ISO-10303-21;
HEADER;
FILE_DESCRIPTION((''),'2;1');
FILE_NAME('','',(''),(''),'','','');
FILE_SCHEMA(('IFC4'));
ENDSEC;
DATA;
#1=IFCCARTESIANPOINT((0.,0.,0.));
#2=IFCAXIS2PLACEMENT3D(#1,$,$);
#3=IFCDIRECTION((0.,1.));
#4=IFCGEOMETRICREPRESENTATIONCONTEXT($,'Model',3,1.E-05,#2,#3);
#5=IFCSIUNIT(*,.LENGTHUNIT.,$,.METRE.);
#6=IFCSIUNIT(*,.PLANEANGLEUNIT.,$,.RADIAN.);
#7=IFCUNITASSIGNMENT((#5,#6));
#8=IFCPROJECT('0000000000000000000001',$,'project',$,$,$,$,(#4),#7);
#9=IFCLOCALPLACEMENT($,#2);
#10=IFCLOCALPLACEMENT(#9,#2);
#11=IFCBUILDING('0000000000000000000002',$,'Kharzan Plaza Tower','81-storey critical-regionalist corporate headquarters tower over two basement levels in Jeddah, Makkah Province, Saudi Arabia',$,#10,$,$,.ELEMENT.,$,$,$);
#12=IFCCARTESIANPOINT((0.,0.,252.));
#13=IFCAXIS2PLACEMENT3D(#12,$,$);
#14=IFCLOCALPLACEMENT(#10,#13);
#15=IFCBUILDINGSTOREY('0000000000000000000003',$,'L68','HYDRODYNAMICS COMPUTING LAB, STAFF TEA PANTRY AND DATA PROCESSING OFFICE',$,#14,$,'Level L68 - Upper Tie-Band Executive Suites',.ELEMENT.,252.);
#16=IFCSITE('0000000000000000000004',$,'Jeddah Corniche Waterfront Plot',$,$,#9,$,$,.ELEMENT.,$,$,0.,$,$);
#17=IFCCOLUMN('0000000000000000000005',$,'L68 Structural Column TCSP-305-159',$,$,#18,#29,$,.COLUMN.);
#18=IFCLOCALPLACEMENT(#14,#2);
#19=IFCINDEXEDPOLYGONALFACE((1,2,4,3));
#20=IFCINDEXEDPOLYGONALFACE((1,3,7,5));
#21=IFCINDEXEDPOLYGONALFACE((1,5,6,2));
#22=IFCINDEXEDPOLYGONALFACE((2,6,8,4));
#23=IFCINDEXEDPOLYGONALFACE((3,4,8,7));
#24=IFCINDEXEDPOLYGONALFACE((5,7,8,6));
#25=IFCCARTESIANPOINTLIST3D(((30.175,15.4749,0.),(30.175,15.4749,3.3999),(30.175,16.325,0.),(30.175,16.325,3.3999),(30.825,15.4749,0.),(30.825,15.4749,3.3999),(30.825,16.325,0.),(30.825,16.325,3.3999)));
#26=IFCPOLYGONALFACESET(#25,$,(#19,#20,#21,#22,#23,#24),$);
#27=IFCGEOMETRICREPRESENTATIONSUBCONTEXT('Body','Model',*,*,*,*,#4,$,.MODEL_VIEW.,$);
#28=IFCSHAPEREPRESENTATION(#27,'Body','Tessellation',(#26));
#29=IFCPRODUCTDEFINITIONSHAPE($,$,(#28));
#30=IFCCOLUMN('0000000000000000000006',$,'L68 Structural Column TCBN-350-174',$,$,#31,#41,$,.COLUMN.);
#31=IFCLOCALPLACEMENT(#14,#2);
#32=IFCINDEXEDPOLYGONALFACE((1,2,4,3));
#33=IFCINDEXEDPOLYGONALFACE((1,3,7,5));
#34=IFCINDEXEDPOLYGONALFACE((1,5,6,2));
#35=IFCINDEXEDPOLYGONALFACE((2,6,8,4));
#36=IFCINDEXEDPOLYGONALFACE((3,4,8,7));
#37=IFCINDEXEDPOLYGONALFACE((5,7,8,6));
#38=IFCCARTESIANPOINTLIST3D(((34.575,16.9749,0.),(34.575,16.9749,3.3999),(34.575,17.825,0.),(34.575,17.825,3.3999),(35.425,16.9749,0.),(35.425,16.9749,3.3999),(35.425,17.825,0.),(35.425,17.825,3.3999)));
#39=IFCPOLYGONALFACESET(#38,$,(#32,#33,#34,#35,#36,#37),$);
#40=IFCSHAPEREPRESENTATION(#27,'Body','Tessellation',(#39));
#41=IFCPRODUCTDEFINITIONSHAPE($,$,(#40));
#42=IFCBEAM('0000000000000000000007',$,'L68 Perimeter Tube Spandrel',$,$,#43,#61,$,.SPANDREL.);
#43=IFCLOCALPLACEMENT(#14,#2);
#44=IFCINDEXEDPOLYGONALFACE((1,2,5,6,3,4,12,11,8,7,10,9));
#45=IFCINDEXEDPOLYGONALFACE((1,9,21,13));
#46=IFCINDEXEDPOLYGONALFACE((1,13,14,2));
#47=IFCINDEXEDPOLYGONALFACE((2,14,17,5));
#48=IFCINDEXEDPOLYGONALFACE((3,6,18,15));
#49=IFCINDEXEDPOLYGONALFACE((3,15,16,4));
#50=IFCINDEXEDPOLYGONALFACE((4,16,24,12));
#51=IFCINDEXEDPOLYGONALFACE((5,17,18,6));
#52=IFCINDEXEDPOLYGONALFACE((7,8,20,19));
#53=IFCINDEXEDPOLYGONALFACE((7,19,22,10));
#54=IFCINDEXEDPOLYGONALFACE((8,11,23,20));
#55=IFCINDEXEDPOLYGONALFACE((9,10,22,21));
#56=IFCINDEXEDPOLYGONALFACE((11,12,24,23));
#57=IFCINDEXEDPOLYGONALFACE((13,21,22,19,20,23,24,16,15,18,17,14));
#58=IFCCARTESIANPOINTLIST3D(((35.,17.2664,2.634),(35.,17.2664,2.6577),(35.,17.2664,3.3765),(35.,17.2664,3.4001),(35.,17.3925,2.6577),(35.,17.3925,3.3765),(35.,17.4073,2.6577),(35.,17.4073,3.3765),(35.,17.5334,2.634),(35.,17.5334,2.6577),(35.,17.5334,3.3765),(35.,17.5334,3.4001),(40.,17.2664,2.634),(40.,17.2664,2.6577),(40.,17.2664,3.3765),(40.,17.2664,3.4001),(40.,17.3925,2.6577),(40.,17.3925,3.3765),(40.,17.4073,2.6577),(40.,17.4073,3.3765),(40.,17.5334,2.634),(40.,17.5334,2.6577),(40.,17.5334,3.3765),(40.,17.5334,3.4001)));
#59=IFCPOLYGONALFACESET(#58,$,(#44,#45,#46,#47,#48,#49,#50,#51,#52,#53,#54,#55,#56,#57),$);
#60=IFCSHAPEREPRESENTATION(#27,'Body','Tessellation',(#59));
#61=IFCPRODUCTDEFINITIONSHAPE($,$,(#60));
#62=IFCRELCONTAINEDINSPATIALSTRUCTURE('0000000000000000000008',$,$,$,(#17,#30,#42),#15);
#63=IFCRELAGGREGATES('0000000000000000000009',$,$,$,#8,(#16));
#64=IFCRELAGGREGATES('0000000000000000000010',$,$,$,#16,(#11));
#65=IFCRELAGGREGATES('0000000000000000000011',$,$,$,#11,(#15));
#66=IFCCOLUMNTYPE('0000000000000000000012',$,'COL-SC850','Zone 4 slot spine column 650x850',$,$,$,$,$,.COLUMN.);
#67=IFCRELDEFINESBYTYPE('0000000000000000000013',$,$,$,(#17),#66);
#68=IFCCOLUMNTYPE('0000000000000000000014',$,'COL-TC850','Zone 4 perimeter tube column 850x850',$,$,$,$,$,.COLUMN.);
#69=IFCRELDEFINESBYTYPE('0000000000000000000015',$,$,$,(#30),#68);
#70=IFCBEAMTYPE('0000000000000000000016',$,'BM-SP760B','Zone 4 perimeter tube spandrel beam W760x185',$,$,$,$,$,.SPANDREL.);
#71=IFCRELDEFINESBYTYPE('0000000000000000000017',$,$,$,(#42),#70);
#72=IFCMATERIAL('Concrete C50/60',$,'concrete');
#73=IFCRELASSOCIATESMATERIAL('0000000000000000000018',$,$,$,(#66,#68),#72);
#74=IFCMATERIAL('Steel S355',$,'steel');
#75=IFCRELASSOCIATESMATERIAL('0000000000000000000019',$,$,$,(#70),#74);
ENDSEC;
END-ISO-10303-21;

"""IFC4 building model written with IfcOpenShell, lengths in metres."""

from ifc_helpers import new_model, si_unit, direction, frame, origin, origin_2d, place, context, subcontext, project, spatial, rectangle, i_section, extrude, source, transform, mapped, material, material_profile, profile_set, type_object, element, save


model = new_model("IFC4")

# Units and contexts
model_context = context("Model", 3, precision=1e-05, world=origin(), true_north=direction((0.0, 1.0)))
body_context = subcontext(model_context, "Body", "Model", "MODEL_VIEW")
ifc_project = project(units=[si_unit("LENGTHUNIT", "METRE"), si_unit("PLANEANGLEUNIT", "RADIAN")], contexts=[model_context])

# Site, building, storey
site_placement = place(None, origin())
site = spatial("IfcSite", under=ifc_project, at=site_placement, Name="Jeddah Corniche Waterfront Plot", CompositionType="ELEMENT", RefElevation=0.0)
building_placement = place(site_placement, origin())
building = spatial("IfcBuilding", under=site, at=building_placement, Name="Kharzan Plaza Tower", Description="81-storey critical-regionalist corporate headquarters tower over two basement levels in Jeddah, Makkah Province, Saudi Arabia", CompositionType="ELEMENT")
storey_placement = place(building_placement, frame((0.0, 0.0, 252.0)))
storey = spatial("IfcBuildingStorey", under=building, at=storey_placement, Name="L68", Description="HYDRODYNAMICS COMPUTING LAB, STAFF TEA PANTRY AND DATA PROCESSING OFFICE", LongName="Level L68 - Upper Tie-Band Executive Suites", CompositionType="ELEMENT", Elevation=252.0)

# Columns
ifc_material_1 = material(Name="Concrete C50/60", Category="concrete")
ifc_material_profile_1 = material_profile(ifc_material_1, rectangle(XDim=0.6499, YDim=0.8501, at=origin_2d()), Name="RC-SC850x650")
ifc_profile_set_1 = profile_set([ifc_material_profile_1], Name="Concrete C50/60")
column_type_1 = type_object("IfcColumnType", Name="COL-SC850", Description="Zone 4 slot spine column 650x850", PredefinedType="COLUMN", material=ifc_profile_set_1)
shared_shape_1 = source(origin(), body_context, "Body", "SweptSolid", [
    extrude(rectangle(XDim=0.6499, YDim=0.8501, at=origin_2d()), origin(), (0.0, 0.0, 1.0), 3.3999),
])
column_1_placement = place(storey_placement, frame((30.5, 15.8999, 0.0), z_axis=(0.0, 0.0, 1.0), x_axis=(1.0, 0.0, 0.0)))
element("IfcColumn", 1, at=column_1_placement, inside=storey, type_object=column_type_1, Name="L68 Structural Column TCSP-305-159", PredefinedType="COLUMN", context=body_context, shape_type="MappedRepresentation", body=[
    mapped(shared_shape_1, transform((0.0, 0.0, 0.0), x_axis=(1.0, 0.0, 0.0), y_axis=(0.0, 1.0, 0.0), z_axis=(0.0, 0.0, 1.0))),
])
ifc_material_profile_2 = material_profile(ifc_material_1, rectangle(XDim=0.8501, YDim=0.8501, at=origin_2d()), Name="RC-TC850x850")
ifc_profile_set_2 = profile_set([ifc_material_profile_2], Name="Concrete C50/60")
column_type_2 = type_object("IfcColumnType", Name="COL-TC850", Description="Zone 4 perimeter tube column 850x850", PredefinedType="COLUMN", material=ifc_profile_set_2)
shared_shape_2 = source(origin(), body_context, "Body", "SweptSolid", [
    extrude(rectangle(XDim=0.8501, YDim=0.8501, at=origin_2d()), origin(), (0.0, 0.0, 1.0), 3.3999),
])
column_2_placement = place(storey_placement, frame((35.0, 17.3999, 0.0), z_axis=(0.0, 0.0, 1.0), x_axis=(1.0, 0.0, 0.0)))
element("IfcColumn", 2, at=column_2_placement, inside=storey, type_object=column_type_2, Name="L68 Structural Column TCBN-350-174", PredefinedType="COLUMN", context=body_context, shape_type="MappedRepresentation", body=[
    mapped(shared_shape_2, transform((0.0, 0.0, 0.0), x_axis=(1.0, 0.0, 0.0), y_axis=(0.0, 1.0, 0.0), z_axis=(0.0, 0.0, 1.0))),
])

# Beam
ifc_material_2 = material(Name="Steel S355", Category="steel")
ifc_material_profile_3 = material_profile(ifc_material_2, i_section(OverallWidth=0.2671, OverallDepth=0.7661, WebThickness=0.0149, FlangeThickness=0.0237, at=origin_2d()), Name="W760x185")
ifc_profile_set_3 = profile_set([ifc_material_profile_3], Name="Steel S355")
beam_type = type_object("IfcBeamType", Name="BM-SP760B", Description="Zone 4 perimeter tube spandrel beam W760x185", PredefinedType="SPANDREL", material=ifc_profile_set_3)
shared_shape_3 = source(origin(), body_context, "Body", "SweptSolid", [
    extrude(i_section(OverallWidth=0.2671, OverallDepth=0.7661, WebThickness=0.0149, FlangeThickness=0.0237, at=origin_2d()), origin(), (0.0, 0.0, 1.0), 5.0),
])
beam_placement = place(storey_placement, frame((35.0, 17.3999, 3.0171), z_axis=(1.0, 0.0, 0.0), x_axis=(0.0, 1.0, 0.0)))
element("IfcBeam", 3, at=beam_placement, inside=storey, type_object=beam_type, Name="L68 Perimeter Tube Spandrel", PredefinedType="SPANDREL", context=body_context, shape_type="MappedRepresentation", body=[
    mapped(shared_shape_3, transform((0.0, 0.0, 0.0), x_axis=(1.0, 0.0, 0.0), y_axis=(0.0, 1.0, 0.0), z_axis=(0.0, 0.0, 1.0))),
])

save(model, "model.ifc")
